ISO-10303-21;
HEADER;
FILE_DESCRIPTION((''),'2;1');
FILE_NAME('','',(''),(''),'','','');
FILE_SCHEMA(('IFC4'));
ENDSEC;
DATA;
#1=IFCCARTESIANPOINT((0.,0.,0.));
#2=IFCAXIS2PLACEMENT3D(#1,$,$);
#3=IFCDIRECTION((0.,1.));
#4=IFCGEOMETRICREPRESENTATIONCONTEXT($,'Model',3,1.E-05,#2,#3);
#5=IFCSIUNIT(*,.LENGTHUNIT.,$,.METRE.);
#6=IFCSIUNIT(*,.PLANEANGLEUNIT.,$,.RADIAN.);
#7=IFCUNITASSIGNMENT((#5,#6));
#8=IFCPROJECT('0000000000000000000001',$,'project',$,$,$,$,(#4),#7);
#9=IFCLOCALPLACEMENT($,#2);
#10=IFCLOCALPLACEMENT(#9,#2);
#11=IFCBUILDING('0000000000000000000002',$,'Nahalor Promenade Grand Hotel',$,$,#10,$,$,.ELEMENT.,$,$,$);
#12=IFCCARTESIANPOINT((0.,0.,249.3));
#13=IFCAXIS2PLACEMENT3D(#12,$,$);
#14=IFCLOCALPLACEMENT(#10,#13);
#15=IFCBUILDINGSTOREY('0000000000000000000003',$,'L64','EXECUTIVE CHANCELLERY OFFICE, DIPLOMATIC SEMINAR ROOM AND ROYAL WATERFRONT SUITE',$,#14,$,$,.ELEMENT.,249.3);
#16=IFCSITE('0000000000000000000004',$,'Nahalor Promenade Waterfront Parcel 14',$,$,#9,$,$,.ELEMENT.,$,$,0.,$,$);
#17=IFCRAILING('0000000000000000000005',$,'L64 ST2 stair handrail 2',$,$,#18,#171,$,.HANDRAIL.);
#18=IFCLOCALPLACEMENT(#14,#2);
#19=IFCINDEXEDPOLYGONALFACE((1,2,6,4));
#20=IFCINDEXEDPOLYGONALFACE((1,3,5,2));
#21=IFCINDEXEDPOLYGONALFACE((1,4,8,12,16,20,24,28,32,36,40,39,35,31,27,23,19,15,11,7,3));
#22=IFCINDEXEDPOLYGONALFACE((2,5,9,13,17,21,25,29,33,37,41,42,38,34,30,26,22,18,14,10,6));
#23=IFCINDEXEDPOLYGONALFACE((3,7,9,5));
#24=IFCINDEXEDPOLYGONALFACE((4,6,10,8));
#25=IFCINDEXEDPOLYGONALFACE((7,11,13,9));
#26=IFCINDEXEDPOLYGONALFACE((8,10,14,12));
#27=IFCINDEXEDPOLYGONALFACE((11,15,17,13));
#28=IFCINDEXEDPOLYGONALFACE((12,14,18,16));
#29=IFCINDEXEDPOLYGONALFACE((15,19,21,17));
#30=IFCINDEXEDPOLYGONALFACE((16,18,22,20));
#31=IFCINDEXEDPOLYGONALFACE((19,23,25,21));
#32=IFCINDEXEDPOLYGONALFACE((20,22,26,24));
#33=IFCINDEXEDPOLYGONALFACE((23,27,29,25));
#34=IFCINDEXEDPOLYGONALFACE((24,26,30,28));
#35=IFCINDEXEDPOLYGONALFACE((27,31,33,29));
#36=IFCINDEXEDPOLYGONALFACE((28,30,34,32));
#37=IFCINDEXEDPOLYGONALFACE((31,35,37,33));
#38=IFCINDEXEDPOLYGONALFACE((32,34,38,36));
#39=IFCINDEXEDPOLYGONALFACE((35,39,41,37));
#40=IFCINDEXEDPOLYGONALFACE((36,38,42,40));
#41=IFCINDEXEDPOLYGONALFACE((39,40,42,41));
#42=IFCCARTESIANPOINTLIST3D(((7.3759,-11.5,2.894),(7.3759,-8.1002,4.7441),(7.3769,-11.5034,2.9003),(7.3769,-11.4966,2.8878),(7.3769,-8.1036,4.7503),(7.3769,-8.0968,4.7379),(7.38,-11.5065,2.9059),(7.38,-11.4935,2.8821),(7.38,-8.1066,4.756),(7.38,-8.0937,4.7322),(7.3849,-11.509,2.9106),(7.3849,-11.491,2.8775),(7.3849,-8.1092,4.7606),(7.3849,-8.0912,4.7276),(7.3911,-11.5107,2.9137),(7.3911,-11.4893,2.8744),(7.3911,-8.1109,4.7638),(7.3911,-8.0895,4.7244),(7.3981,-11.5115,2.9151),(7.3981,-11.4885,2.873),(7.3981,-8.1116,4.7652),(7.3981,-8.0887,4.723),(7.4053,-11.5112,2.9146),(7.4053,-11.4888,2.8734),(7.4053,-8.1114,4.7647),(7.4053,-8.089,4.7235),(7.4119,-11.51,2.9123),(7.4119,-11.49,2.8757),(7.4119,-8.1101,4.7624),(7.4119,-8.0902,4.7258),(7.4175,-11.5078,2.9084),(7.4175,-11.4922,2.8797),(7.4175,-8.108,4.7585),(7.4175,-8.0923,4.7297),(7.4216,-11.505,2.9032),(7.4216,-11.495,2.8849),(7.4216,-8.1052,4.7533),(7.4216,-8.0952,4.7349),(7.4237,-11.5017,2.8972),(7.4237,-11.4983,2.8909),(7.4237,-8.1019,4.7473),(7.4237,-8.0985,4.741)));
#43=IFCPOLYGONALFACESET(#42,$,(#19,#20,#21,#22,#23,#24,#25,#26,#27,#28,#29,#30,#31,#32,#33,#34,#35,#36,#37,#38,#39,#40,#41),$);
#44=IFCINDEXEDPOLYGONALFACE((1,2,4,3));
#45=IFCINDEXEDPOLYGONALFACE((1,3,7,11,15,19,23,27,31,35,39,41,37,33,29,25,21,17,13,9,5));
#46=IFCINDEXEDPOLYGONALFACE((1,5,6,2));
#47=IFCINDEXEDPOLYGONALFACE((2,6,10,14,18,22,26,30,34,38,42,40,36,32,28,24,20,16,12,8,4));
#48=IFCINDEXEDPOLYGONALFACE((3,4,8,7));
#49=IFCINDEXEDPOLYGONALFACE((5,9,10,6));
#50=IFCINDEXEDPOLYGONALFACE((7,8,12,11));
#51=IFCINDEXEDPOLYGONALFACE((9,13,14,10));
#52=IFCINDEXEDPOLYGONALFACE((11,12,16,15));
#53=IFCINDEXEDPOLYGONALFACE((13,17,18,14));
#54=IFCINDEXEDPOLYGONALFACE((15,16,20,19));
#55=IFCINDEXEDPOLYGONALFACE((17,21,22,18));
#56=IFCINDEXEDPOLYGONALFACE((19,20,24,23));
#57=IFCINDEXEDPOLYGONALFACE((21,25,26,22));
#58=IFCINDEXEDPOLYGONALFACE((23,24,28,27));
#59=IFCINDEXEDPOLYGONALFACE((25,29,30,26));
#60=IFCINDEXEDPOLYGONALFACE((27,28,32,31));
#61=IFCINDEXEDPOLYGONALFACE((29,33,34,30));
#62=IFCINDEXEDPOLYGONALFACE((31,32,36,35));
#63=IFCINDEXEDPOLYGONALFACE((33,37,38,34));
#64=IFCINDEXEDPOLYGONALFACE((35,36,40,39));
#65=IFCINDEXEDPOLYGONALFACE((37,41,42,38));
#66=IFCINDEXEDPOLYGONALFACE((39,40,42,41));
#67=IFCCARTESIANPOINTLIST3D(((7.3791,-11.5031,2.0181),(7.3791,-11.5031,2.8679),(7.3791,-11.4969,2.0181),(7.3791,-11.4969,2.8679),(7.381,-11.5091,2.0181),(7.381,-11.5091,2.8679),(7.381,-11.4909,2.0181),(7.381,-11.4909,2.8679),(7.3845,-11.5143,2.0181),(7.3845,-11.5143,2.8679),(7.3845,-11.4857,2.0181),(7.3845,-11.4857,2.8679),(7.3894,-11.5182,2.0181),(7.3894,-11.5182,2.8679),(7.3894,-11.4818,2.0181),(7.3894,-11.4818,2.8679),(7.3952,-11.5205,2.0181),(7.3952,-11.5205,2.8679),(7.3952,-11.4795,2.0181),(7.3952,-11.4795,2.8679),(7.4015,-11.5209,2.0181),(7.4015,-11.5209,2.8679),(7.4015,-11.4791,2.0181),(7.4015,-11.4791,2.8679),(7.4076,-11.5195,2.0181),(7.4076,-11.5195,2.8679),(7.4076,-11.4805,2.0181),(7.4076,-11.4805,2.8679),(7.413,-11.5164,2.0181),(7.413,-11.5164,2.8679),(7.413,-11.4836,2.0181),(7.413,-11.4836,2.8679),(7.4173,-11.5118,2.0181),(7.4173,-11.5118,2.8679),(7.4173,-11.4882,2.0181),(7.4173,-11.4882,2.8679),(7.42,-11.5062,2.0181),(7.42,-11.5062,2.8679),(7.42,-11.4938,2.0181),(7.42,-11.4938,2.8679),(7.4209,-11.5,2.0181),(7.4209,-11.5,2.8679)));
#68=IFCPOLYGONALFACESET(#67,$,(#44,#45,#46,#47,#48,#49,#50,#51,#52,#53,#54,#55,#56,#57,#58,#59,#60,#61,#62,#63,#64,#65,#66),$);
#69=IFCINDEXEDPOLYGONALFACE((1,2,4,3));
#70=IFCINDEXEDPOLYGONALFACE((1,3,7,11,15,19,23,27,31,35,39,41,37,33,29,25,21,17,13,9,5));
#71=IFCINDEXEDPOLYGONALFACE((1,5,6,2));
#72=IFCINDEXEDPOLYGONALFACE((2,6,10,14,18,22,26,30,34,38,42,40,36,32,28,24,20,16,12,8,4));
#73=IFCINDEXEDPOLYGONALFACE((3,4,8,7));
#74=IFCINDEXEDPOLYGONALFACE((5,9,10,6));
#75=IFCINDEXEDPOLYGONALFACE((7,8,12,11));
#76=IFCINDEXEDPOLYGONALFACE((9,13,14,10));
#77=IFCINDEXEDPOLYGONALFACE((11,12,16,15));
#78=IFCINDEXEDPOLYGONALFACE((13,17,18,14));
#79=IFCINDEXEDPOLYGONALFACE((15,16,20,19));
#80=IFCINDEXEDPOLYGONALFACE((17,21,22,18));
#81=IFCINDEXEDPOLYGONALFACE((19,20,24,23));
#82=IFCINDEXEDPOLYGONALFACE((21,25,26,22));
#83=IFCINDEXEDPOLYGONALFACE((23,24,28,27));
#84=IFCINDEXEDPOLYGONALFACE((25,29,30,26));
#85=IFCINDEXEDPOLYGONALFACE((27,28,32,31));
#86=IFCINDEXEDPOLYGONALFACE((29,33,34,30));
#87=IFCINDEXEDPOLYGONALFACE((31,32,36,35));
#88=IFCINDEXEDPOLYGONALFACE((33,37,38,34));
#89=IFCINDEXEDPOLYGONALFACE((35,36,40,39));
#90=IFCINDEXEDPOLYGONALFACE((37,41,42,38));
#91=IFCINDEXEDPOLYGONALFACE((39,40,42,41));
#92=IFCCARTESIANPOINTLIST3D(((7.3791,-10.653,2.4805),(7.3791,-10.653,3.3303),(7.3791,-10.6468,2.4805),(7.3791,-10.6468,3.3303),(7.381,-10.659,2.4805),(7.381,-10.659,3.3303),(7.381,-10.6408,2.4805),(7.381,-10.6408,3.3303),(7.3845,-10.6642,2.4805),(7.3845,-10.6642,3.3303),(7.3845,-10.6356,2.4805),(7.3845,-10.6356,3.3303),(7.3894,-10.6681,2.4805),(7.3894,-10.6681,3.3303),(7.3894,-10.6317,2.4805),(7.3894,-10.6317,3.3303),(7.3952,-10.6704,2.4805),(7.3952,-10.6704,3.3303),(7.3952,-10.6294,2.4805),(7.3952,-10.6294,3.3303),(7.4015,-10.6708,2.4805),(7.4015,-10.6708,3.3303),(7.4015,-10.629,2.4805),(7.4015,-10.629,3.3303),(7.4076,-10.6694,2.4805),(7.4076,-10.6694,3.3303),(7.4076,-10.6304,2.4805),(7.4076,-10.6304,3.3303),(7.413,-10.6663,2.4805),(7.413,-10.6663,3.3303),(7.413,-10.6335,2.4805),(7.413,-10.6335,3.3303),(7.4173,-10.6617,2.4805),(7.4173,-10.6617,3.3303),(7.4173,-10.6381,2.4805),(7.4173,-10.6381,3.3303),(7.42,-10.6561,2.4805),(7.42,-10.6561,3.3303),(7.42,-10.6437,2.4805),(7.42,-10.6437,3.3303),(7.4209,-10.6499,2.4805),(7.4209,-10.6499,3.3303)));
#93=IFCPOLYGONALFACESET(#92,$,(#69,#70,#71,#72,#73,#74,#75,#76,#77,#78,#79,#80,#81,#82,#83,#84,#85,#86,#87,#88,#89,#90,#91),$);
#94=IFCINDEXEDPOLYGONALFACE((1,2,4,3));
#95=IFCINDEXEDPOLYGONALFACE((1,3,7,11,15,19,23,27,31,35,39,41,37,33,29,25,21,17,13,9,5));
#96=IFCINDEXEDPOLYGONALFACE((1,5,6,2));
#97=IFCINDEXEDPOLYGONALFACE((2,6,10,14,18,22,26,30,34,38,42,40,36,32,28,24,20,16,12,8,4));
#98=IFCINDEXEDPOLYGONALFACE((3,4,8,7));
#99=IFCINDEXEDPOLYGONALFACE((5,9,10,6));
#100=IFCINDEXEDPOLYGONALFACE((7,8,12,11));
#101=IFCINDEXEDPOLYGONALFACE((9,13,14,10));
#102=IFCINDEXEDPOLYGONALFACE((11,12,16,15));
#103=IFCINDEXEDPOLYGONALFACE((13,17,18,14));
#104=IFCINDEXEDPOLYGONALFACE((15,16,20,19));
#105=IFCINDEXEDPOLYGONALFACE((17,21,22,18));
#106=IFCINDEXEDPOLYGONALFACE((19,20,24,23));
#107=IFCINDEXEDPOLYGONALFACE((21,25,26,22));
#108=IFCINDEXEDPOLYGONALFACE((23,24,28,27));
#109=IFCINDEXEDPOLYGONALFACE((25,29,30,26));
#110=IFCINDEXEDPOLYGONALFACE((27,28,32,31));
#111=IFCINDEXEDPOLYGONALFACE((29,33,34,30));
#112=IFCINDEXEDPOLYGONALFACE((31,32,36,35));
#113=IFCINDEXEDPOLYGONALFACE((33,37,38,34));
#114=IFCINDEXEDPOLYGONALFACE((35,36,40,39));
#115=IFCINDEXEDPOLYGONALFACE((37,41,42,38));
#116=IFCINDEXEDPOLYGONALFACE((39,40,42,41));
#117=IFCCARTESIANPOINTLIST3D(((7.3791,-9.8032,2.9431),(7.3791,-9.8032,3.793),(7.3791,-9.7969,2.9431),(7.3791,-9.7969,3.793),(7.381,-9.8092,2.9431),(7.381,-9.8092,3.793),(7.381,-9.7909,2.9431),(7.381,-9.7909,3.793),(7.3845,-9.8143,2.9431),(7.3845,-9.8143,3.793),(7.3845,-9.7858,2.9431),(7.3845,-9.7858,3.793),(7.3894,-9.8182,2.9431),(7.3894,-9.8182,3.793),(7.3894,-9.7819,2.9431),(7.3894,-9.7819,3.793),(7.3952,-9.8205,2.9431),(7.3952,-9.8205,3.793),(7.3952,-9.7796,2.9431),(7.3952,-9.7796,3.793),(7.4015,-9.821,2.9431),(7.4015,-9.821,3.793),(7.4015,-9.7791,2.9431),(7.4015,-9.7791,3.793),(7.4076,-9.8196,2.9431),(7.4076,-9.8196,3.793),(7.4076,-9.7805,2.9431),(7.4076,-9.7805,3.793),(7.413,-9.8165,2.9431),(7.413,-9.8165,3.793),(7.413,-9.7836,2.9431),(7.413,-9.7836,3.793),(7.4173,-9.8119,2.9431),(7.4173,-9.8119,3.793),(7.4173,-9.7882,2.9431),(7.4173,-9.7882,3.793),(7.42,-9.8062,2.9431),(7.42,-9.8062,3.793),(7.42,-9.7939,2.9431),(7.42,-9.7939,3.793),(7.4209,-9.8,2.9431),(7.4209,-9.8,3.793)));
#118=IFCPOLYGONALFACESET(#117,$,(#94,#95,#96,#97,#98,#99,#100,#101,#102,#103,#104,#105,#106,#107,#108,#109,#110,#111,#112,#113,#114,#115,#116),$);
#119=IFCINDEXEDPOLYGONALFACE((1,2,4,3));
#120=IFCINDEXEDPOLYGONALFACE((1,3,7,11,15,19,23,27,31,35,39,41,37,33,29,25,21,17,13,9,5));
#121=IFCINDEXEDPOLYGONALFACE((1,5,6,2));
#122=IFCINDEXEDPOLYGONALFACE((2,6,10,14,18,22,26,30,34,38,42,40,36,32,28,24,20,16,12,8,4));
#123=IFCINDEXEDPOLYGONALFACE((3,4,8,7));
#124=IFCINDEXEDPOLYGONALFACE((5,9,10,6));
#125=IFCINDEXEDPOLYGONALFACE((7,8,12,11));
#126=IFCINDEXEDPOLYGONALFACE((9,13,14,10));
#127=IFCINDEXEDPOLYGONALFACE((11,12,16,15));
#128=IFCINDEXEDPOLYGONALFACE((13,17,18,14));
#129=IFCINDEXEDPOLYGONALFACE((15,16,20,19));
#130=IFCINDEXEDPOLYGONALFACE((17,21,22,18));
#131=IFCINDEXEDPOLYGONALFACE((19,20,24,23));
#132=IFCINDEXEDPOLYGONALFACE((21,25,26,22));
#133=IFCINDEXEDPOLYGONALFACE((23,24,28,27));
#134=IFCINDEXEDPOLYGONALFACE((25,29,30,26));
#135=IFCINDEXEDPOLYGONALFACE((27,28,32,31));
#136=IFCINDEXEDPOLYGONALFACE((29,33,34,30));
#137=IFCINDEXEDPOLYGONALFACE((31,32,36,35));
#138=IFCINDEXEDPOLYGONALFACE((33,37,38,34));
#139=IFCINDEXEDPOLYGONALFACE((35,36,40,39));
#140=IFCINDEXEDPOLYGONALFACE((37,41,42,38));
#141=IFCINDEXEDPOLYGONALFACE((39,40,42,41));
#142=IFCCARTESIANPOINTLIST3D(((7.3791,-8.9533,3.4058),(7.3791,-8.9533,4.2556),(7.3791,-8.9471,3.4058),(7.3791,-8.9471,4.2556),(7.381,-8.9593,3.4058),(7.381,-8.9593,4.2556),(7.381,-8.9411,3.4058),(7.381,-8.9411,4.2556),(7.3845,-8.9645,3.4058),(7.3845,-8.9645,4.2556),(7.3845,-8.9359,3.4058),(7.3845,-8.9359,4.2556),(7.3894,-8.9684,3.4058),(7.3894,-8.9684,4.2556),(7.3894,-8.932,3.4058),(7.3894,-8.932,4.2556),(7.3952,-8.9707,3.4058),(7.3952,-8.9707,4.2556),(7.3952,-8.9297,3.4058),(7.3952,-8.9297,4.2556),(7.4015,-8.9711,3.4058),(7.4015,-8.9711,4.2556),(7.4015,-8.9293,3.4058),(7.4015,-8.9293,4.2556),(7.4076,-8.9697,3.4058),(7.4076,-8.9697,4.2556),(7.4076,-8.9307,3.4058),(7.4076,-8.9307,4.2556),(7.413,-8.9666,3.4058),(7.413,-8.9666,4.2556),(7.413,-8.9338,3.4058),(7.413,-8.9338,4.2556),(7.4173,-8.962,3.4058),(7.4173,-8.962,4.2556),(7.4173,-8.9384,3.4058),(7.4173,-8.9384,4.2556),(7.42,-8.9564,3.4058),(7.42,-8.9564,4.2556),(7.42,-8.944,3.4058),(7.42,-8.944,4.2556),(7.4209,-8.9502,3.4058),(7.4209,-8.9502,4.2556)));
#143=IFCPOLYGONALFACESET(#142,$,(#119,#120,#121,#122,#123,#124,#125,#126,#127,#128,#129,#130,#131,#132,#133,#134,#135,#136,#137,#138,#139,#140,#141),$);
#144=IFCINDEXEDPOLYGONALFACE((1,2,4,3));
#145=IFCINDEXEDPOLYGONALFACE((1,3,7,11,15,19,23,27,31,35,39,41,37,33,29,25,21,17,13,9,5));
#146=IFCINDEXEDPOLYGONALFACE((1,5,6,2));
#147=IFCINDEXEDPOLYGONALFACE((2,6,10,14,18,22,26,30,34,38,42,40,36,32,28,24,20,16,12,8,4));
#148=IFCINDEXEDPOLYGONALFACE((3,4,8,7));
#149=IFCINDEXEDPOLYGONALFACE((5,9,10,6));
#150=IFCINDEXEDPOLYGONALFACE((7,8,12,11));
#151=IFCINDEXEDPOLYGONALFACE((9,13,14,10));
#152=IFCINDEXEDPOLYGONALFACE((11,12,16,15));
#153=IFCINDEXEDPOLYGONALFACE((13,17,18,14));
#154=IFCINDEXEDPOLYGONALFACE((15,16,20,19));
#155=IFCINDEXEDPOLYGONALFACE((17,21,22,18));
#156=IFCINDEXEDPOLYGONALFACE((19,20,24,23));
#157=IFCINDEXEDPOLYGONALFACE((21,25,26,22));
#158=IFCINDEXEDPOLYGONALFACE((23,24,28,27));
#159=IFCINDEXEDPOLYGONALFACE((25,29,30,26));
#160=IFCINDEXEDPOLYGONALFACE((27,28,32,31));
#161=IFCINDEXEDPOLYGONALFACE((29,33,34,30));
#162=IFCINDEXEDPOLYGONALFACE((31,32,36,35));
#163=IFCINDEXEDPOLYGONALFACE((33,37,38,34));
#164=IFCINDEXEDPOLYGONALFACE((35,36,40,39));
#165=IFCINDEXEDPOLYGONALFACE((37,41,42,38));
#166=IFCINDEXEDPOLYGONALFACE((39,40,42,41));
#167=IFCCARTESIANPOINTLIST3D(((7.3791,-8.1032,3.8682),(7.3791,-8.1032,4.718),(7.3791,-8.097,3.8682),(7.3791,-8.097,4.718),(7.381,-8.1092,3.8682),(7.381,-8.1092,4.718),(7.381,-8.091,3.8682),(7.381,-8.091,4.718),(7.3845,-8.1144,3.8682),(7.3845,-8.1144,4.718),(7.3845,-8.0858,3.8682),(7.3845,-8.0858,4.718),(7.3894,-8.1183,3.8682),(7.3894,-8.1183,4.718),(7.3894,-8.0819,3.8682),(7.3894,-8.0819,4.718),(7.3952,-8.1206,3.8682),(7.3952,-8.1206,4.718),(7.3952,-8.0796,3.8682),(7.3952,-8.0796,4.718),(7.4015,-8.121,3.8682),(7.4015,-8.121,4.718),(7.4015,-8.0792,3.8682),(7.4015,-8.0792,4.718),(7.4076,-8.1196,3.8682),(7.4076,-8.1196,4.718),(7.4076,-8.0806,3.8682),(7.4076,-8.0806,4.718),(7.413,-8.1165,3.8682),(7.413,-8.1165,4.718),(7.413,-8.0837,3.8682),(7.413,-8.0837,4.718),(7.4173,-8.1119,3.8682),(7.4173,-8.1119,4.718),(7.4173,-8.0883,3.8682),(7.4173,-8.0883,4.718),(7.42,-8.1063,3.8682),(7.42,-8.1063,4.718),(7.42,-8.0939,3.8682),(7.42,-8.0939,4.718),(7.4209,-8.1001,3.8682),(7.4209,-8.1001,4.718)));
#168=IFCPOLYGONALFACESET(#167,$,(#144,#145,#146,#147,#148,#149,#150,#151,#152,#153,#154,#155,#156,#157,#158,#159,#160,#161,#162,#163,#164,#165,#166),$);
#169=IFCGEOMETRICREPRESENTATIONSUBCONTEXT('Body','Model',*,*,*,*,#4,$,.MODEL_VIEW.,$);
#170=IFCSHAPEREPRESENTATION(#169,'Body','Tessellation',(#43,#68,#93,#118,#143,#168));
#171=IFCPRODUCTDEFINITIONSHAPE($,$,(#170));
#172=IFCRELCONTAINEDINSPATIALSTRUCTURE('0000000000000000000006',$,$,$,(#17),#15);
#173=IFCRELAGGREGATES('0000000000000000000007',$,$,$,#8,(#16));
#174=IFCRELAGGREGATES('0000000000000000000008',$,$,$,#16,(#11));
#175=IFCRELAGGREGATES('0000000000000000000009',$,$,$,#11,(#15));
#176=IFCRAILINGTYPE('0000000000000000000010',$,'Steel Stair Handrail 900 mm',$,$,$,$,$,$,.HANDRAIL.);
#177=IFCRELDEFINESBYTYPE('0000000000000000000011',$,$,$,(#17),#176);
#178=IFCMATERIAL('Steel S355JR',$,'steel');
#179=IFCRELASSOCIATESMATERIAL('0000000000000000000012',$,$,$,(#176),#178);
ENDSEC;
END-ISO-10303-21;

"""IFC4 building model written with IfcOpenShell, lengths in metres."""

from ifc_helpers import new_model, si_unit, direction, frame, origin, origin_2d, place, context, subcontext, project, spatial, circle, extrude, material, type_object, element, save


model = new_model("IFC4")

# Units and contexts
model_context = context("Model", 3, precision=1e-05, world=origin(), true_north=direction((0.0, 1.0)))
body_context = subcontext(model_context, "Body", "Model", "MODEL_VIEW")
ifc_project = project(units=[si_unit("LENGTHUNIT", "METRE"), si_unit("PLANEANGLEUNIT", "RADIAN")], contexts=[model_context])

# Site, building, storey
site_placement = place(None, origin())
site = spatial("IfcSite", under=ifc_project, at=site_placement, Name="Nahalor Promenade Waterfront Parcel 14", CompositionType="ELEMENT", RefElevation=0.0)
building_placement = place(site_placement, origin())
building = spatial("IfcBuilding", under=site, at=building_placement, Name="Nahalor Promenade Grand Hotel", CompositionType="ELEMENT")
storey_placement = place(building_placement, frame((0.0, 0.0, 249.3)))
storey = spatial("IfcBuildingStorey", under=building, at=storey_placement, Name="L64", Description="EXECUTIVE CHANCELLERY OFFICE, DIPLOMATIC SEMINAR ROOM AND ROYAL WATERFRONT SUITE", CompositionType="ELEMENT", Elevation=249.3)

# Shared definitions
ifc_material_1 = material(Name="Steel S355JR", Category="steel")

# Railing
railing_type_1 = type_object("IfcRailingType", Name="Steel Stair Handrail 900 mm", PredefinedType="HANDRAIL", material=ifc_material_1)
railing_1_placement = place(storey_placement, frame((7.3999, -11.5, 2.0181)))
element("IfcRailing", 1, at=railing_1_placement, inside=storey, type_object=railing_type_1, Name="L64 ST2 stair handrail 2", PredefinedType="HANDRAIL", context=body_context, shape_type="SweptSolid", body=[
    extrude(circle(Radius=0.024, at=origin_2d()), frame((0.0, 0.0, 0.876), z_axis=(0.0, 0.878372, 0.477977), x_axis=(-1.0, 0.0, 0.0)), (0.0, 0.0, 1.0), 3.8706),
    extrude(circle(Radius=0.021, at=origin_2d()), origin(), (0.0, 0.0, 1.0), 0.8499),
    extrude(circle(Radius=0.021, at=origin_2d()), frame((0.0, 0.8501, 0.4624)), (0.0, 0.0, 1.0), 0.8499),
    extrude(circle(Radius=0.021, at=origin_2d()), frame((0.0, 1.7, 0.925)), (0.0, 0.0, 1.0), 0.8499),
    extrude(circle(Radius=0.021, at=origin_2d()), frame((0.0, 2.5498, 1.3877)), (0.0, 0.0, 1.0), 0.8499),
    extrude(circle(Radius=0.021, at=origin_2d()), frame((0.0, 3.3999, 1.8501)), (0.0, 0.0, 1.0), 0.8499),
])

save(model, "model.ifc")
